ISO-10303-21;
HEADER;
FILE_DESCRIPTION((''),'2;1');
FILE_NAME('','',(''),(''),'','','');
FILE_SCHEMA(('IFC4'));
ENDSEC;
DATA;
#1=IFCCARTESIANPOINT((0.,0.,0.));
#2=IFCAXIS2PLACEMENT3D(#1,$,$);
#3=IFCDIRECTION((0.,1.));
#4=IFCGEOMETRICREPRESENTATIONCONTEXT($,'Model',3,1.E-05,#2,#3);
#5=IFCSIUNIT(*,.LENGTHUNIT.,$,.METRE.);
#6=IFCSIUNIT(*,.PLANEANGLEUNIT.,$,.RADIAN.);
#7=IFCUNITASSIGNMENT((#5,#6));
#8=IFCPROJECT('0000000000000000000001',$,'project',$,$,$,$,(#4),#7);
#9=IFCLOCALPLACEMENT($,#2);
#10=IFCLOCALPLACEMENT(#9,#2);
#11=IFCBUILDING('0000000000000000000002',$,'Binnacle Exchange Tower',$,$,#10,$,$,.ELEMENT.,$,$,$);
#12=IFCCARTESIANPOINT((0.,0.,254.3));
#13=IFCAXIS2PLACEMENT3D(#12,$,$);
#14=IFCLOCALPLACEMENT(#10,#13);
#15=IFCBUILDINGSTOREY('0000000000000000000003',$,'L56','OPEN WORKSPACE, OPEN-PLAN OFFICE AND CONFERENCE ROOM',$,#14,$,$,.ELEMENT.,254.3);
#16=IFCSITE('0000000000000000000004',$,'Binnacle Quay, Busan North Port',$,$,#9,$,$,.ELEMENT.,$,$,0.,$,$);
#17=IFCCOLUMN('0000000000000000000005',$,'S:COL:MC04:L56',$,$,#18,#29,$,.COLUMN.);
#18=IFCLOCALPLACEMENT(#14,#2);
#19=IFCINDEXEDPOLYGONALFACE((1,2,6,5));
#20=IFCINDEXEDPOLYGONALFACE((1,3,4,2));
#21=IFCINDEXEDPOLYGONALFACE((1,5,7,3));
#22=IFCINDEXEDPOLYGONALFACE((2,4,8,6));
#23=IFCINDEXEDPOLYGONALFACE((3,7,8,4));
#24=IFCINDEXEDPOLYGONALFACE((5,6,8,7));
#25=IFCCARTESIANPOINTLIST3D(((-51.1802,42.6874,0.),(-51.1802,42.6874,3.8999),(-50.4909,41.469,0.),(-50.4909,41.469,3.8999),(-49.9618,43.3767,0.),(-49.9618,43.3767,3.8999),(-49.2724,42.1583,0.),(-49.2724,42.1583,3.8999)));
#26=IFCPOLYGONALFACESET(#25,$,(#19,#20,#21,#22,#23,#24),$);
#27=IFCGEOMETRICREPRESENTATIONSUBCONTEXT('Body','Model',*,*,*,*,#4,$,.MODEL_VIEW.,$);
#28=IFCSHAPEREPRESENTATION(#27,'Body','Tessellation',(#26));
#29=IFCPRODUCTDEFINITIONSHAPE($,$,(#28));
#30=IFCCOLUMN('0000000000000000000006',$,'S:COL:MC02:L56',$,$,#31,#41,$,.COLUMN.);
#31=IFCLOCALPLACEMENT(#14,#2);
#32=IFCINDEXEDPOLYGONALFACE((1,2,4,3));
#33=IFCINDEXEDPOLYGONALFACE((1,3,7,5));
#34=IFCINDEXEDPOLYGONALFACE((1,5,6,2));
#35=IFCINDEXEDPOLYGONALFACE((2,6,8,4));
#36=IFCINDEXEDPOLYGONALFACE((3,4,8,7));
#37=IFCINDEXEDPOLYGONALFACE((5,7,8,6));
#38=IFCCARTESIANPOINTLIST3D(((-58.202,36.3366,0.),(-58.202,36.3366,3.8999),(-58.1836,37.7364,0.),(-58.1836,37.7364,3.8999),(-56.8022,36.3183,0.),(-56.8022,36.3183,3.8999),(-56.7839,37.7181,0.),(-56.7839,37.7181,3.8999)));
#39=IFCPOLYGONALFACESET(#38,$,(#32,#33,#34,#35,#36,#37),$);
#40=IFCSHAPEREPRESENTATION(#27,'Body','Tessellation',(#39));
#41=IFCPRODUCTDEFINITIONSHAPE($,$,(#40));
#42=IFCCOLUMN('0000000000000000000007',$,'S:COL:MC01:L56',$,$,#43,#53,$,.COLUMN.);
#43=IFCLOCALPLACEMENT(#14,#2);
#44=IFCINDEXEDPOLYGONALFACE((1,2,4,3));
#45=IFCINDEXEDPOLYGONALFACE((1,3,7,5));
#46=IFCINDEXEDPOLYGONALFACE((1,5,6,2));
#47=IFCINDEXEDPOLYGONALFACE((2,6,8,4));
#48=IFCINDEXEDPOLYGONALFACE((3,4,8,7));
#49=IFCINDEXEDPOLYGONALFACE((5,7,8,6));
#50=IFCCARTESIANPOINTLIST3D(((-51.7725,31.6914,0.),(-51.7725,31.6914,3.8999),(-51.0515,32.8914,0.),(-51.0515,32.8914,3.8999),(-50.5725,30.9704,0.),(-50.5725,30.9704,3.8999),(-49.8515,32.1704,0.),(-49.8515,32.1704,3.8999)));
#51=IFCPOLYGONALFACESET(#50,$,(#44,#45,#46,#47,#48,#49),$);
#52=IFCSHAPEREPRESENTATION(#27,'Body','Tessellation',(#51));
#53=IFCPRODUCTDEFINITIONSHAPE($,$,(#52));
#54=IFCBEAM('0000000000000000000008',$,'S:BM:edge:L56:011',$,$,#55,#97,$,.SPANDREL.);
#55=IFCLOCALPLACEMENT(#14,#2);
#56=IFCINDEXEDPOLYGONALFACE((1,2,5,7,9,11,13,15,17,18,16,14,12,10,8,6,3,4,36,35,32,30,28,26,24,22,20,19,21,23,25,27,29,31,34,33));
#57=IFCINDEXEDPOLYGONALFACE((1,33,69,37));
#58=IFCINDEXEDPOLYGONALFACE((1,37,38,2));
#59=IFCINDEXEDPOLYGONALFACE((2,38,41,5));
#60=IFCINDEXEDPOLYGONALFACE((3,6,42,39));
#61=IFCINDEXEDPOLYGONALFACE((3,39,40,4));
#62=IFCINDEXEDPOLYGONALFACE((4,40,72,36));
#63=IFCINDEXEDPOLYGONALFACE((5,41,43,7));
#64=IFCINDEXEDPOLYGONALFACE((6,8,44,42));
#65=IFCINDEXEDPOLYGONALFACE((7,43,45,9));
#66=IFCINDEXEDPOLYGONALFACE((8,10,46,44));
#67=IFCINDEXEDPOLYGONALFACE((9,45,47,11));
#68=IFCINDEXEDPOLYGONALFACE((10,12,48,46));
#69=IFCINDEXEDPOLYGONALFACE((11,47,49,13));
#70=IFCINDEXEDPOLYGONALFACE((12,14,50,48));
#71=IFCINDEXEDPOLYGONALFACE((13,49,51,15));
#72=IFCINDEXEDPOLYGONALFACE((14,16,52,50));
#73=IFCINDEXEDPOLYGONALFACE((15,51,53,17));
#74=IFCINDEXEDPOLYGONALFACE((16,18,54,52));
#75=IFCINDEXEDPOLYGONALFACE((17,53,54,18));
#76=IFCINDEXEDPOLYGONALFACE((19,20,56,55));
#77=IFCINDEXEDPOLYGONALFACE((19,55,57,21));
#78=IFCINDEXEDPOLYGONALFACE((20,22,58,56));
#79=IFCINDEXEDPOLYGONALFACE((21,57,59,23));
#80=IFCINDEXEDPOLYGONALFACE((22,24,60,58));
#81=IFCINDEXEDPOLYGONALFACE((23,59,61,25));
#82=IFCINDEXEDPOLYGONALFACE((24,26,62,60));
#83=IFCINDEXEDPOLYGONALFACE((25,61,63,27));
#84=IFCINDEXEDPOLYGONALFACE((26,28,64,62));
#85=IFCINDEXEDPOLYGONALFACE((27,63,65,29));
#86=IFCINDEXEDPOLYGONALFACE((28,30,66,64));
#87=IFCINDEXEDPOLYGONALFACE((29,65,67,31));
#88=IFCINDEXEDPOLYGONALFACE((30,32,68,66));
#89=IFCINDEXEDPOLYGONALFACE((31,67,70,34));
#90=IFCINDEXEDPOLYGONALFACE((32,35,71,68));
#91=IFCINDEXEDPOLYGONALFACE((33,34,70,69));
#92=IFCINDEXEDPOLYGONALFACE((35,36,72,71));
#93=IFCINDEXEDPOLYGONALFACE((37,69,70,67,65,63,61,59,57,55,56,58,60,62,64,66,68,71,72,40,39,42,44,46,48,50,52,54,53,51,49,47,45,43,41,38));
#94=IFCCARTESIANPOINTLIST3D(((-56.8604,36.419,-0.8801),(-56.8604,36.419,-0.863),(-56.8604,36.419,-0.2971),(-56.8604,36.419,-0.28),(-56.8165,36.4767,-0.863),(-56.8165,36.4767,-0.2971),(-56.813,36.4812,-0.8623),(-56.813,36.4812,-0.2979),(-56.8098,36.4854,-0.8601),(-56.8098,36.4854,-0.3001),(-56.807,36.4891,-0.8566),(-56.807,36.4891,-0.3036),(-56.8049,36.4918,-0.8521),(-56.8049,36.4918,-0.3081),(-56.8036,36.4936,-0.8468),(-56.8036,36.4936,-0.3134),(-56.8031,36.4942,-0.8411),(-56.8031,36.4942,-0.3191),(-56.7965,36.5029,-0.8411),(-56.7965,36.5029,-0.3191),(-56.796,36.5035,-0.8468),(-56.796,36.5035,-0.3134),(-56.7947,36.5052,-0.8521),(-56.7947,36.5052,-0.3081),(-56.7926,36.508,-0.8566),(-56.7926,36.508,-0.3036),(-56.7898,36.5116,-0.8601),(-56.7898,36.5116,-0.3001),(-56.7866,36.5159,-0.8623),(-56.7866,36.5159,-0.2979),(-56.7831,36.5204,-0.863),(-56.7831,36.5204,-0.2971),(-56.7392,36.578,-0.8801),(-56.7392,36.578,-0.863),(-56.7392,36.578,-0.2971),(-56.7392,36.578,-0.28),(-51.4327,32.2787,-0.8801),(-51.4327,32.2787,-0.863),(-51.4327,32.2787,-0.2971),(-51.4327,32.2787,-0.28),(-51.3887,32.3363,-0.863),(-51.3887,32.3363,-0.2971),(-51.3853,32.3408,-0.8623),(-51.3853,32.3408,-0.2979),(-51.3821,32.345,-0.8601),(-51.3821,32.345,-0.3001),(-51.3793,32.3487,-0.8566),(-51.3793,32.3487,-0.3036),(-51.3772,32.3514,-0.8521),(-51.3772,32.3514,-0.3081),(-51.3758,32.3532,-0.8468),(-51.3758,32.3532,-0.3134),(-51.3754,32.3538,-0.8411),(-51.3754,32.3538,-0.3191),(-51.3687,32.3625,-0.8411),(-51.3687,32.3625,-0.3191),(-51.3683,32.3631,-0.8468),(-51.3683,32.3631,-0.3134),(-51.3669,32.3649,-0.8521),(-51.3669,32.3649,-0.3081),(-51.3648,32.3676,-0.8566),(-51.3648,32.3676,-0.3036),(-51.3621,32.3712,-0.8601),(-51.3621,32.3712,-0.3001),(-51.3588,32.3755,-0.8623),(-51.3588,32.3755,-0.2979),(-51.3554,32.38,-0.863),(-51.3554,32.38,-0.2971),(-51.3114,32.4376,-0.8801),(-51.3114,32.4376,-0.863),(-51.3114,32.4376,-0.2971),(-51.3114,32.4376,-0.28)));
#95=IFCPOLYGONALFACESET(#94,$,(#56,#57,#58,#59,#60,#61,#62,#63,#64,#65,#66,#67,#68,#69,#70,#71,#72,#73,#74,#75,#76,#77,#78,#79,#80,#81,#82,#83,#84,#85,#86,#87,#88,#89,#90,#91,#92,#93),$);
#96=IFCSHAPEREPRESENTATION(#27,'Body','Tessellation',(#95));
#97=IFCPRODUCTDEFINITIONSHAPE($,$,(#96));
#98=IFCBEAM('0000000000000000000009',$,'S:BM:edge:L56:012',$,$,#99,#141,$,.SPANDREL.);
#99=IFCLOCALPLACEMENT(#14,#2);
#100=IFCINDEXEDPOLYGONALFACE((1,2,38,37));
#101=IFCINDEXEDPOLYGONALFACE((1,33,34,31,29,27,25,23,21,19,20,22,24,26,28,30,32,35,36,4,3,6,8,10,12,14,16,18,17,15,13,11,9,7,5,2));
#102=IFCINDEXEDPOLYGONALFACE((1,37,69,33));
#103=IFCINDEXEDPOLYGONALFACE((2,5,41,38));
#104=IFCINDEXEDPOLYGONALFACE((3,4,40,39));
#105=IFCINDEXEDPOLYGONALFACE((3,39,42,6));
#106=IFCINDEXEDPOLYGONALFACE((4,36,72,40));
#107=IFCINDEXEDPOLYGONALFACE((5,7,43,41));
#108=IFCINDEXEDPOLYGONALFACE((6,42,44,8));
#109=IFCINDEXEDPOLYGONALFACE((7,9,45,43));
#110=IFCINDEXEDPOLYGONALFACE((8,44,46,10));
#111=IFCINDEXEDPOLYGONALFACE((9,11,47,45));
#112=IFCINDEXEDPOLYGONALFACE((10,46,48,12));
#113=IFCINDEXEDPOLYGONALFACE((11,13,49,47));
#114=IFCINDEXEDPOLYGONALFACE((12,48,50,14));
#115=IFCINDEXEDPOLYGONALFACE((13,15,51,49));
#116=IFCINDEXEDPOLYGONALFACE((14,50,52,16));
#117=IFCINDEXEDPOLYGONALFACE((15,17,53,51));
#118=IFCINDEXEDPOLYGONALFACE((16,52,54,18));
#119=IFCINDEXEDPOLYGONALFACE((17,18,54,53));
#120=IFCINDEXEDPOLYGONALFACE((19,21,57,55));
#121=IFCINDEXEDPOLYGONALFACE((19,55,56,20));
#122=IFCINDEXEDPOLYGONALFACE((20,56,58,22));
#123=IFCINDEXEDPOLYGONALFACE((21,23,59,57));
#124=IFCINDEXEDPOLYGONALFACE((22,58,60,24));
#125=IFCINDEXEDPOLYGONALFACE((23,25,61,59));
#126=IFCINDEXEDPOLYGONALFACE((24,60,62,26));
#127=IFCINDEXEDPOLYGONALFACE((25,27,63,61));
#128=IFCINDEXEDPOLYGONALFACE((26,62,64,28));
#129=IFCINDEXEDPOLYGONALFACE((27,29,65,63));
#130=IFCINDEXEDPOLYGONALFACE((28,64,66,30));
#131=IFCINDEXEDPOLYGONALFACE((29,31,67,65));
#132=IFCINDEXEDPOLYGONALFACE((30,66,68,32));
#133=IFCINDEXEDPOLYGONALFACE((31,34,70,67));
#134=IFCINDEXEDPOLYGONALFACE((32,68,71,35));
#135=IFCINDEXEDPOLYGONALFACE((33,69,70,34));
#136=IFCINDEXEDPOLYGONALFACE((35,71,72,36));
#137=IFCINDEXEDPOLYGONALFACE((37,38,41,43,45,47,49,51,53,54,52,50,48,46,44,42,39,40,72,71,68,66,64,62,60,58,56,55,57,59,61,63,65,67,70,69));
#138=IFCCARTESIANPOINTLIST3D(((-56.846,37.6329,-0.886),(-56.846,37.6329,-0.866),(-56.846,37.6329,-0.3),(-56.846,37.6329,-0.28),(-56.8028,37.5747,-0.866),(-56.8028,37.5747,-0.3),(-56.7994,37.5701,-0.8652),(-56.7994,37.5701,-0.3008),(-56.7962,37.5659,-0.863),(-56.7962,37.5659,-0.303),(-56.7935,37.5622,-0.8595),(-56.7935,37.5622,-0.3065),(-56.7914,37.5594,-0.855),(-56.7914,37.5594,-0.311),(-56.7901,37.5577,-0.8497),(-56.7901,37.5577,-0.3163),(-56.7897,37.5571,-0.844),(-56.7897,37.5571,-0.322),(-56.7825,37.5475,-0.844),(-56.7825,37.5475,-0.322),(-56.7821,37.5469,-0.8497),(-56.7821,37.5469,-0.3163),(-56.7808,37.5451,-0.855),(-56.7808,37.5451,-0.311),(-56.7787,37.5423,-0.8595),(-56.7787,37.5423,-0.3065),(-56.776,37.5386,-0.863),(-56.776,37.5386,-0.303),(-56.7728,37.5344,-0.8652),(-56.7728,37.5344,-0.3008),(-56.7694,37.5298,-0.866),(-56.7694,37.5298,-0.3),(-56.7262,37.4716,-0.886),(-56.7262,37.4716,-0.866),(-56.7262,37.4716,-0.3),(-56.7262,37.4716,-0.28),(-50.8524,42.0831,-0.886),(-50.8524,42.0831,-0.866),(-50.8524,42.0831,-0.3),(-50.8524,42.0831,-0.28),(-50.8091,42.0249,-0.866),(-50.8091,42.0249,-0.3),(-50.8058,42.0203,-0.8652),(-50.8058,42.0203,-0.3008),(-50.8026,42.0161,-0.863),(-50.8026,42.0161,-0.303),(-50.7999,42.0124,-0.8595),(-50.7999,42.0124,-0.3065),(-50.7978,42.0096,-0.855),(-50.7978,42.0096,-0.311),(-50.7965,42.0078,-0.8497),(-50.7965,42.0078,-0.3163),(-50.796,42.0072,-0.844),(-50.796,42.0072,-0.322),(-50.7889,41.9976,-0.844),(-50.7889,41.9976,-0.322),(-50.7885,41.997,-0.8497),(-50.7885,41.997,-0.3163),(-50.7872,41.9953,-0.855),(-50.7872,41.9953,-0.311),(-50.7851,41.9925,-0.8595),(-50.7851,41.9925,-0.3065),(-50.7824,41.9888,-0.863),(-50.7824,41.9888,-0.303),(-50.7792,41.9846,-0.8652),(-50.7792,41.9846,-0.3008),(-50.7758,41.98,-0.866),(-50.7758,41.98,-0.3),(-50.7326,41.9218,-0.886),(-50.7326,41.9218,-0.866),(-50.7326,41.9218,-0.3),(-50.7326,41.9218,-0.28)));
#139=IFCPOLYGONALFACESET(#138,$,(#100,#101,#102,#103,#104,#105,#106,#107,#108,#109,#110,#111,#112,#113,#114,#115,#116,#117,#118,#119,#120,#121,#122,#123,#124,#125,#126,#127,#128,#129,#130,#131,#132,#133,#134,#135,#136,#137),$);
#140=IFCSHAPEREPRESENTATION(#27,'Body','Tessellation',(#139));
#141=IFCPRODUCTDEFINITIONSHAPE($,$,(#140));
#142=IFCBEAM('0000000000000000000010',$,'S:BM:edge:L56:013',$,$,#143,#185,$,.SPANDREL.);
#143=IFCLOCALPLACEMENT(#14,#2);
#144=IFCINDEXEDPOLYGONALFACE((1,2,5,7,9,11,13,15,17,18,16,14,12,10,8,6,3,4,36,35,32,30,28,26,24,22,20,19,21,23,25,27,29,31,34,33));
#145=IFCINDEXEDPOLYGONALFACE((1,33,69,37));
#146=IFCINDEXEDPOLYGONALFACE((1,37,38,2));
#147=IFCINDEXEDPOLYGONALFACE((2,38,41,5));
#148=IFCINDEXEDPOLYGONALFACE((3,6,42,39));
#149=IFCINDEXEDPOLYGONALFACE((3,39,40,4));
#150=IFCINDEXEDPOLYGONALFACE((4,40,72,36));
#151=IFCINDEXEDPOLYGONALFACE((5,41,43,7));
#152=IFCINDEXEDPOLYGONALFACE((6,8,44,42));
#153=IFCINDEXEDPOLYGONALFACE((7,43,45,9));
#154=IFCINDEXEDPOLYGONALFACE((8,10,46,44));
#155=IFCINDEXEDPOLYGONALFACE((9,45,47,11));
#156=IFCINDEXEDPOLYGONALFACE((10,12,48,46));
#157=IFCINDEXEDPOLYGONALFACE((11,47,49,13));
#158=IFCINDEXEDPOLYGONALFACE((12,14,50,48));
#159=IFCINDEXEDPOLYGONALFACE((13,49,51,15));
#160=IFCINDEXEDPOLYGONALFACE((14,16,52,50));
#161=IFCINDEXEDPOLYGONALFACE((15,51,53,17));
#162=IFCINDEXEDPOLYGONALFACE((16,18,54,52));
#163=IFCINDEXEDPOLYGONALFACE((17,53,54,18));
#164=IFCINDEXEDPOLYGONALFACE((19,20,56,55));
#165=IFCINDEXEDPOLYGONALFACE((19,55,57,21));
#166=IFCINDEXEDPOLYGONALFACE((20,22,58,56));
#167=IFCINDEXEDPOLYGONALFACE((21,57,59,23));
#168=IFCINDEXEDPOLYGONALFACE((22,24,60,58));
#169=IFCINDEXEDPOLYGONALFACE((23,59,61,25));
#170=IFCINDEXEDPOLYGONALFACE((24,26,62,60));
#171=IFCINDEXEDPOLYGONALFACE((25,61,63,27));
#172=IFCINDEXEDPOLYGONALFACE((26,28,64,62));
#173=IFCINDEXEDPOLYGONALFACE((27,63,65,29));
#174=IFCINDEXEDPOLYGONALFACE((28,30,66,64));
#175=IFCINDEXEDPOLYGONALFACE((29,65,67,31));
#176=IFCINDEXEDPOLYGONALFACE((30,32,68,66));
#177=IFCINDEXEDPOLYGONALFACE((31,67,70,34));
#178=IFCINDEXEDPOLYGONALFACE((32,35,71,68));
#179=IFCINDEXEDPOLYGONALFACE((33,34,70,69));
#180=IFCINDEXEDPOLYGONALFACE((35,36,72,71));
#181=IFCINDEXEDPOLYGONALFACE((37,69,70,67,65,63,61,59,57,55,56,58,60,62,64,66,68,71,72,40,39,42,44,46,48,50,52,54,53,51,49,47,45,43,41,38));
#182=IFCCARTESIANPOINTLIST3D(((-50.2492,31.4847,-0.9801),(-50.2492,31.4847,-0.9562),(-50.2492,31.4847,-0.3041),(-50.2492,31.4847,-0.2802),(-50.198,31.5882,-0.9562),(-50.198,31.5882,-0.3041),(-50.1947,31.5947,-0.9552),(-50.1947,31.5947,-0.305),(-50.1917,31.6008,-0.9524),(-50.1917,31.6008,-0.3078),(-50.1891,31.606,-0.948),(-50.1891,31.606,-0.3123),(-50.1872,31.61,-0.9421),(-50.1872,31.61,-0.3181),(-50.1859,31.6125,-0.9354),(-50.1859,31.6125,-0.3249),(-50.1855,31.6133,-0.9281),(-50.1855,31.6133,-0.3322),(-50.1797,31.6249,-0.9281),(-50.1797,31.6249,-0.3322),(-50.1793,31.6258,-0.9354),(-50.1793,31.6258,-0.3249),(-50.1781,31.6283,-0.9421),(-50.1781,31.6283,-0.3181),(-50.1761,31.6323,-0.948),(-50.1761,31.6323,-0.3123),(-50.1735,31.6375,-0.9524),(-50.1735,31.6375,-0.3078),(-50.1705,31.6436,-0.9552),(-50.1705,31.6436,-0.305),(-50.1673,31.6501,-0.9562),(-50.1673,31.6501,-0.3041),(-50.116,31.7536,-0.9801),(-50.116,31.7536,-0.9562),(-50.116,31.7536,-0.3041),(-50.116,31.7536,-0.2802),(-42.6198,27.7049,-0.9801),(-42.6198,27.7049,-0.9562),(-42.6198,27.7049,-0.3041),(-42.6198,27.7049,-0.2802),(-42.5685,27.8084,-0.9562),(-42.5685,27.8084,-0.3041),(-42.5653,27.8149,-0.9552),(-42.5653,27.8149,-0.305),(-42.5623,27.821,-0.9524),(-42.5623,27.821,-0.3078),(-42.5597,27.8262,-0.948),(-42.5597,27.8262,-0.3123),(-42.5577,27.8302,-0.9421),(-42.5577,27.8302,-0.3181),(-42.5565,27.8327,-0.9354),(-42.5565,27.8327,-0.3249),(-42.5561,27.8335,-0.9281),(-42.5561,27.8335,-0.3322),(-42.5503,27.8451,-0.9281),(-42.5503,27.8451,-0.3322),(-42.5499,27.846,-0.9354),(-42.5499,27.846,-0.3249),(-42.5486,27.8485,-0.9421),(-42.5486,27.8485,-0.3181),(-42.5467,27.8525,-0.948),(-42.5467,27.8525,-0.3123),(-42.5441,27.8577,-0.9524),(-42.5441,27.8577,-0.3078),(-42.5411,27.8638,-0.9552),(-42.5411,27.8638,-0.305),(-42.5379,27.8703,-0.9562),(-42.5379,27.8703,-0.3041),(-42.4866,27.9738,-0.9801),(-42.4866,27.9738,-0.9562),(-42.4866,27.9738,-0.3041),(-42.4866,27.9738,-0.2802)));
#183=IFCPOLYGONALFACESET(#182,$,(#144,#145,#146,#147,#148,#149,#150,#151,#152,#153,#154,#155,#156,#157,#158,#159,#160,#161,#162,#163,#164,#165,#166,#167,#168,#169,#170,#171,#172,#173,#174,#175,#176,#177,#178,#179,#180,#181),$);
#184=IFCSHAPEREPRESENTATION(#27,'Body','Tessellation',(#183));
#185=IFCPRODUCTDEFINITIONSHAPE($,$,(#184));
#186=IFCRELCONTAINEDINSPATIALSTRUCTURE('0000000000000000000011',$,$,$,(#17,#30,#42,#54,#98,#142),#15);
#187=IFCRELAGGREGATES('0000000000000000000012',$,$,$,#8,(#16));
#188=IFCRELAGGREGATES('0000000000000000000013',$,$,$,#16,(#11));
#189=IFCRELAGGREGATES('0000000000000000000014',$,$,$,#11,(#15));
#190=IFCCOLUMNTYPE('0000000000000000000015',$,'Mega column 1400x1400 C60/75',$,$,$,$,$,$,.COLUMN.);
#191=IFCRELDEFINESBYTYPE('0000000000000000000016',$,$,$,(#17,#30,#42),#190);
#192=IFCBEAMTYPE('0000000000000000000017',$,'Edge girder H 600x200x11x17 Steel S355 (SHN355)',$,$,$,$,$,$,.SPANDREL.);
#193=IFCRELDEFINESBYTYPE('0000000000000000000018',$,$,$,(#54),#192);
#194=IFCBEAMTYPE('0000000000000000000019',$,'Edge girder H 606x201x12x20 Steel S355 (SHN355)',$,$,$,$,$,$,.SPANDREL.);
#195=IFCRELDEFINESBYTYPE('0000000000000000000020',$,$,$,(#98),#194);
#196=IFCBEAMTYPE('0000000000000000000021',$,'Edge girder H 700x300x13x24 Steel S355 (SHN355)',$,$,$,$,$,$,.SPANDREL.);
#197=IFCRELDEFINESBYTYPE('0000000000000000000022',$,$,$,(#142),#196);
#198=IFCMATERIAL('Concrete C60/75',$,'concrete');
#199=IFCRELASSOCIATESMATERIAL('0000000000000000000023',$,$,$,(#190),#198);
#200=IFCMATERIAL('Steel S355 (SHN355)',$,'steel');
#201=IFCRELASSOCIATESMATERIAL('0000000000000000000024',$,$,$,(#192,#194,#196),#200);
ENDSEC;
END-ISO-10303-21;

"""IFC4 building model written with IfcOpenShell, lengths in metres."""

from ifc_helpers import new_model, si_unit, direction, frame, origin, origin_2d, place, context, subcontext, project, spatial, rectangle, i_section, extrude, material, material_profile, profile_set, type_object, element, save


model = new_model("IFC4")

# Units and contexts
model_context = context("Model", 3, precision=1e-05, world=origin(), true_north=direction((0.0, 1.0)))
body_context = subcontext(model_context, "Body", "Model", "MODEL_VIEW")
ifc_project = project(units=[si_unit("LENGTHUNIT", "METRE"), si_unit("PLANEANGLEUNIT", "RADIAN")], contexts=[model_context])

# Site, building, storey
site_placement = place(None, origin())
site = spatial("IfcSite", under=ifc_project, at=site_placement, Name="Binnacle Quay, Busan North Port", CompositionType="ELEMENT", RefElevation=0.0)
building_placement = place(site_placement, origin())
building = spatial("IfcBuilding", under=site, at=building_placement, Name="Binnacle Exchange Tower", CompositionType="ELEMENT")
storey_placement = place(building_placement, frame((0.0, 0.0, 254.3)))
storey = spatial("IfcBuildingStorey", under=building, at=storey_placement, Name="L56", Description="OPEN WORKSPACE, OPEN-PLAN OFFICE AND CONFERENCE ROOM", CompositionType="ELEMENT", Elevation=254.3)

# Columns
ifc_material_1 = material(Name="Concrete C60/75", Category="concrete")
ifc_material_profile_1 = material_profile(ifc_material_1, rectangle(XDim=1.3999, YDim=1.3999, at=origin_2d()), Name="Mega column 1400x1400 C60/75")
ifc_profile_set_1 = profile_set([ifc_material_profile_1], Name="Concrete C60/75")
column_type = type_object("IfcColumnType", Name="Mega column 1400x1400 C60/75", PredefinedType="COLUMN", material=ifc_profile_set_1)
for number, where, z_axis, x_axis, name in (
    (1, (-50.2263, 42.4229, 0.0), (0.0, 0.0, 1.0), (-0.870356, -0.492424, 0.0), "S:COL:MC04:L56"),
    (2, (-57.4929, 37.0273, 0.0), (0.0, 0.0, 1.0), (-0.01309, -0.999914, 0.0), "S:COL:MC02:L56"),
    (3, (-50.812, 31.9309, 0.0), (0.0, 0.0, 1.0), (0.857167, -0.515038, 0.0), "S:COL:MC01:L56"),
):
    element("IfcColumn", number, at=place(storey_placement, frame(where, z_axis=z_axis, x_axis=x_axis)), inside=storey, type_object=column_type, Name=name, PredefinedType="COLUMN", context=body_context, shape_type="SweptSolid", body=[
        extrude(rectangle(XDim=1.3999, YDim=1.3999, at=origin_2d()), origin(), (0.0, 0.0, 1.0), 3.8999),
    ])

# Beams
ifc_material_2 = material(Name="Steel S355 (SHN355)", Category="steel")
ifc_material_profile_2 = material_profile(ifc_material_2, i_section(OverallWidth=0.2, OverallDepth=0.6001, WebThickness=0.011, FlangeThickness=0.0171, FilletRadius=0.022, at=origin_2d()), Name="H 600x200x11x17")
ifc_profile_set_2 = profile_set([ifc_material_profile_2], Name="Steel S355 (SHN355)")
beam_type_1 = type_object("IfcBeamType", Name="Edge girder H 600x200x11x17 Steel S355 (SHN355)", PredefinedType="SPANDREL", material=ifc_profile_set_2)
beam_1_placement = place(storey_placement, frame((-56.7998, 36.4985, -0.5801), z_axis=(0.795081, -0.606503, 0.0), x_axis=(0.606503, 0.795081, 0.0)))
element("IfcBeam", 4, at=beam_1_placement, inside=storey, type_object=beam_type_1, Name="S:BM:edge:L56:011", PredefinedType="SPANDREL", context=body_context, shape_type="SweptSolid", body=[
    extrude(i_section(OverallWidth=0.2, OverallDepth=0.6001, WebThickness=0.011, FlangeThickness=0.0171, FilletRadius=0.022, at=origin_2d()), origin(), (0.0, 0.0, 1.0), 6.8267),
])
ifc_material_profile_3 = material_profile(ifc_material_2, i_section(OverallWidth=0.2009, OverallDepth=0.606, WebThickness=0.012, FlangeThickness=0.02, FilletRadius=0.022, at=origin_2d()), Name="H 606x201x12x20")
ifc_profile_set_3 = profile_set([ifc_material_profile_3], Name="Steel S355 (SHN355)")
beam_type_2 = type_object("IfcBeamType", Name="Edge girder H 606x201x12x20 Steel S355 (SHN355)", PredefinedType="SPANDREL", material=ifc_profile_set_3)
beam_2_placement = place(storey_placement, frame((-50.7925, 42.0024, -0.583), z_axis=(-0.802887, -0.596131, 0.0), x_axis=(0.596131, -0.802887, 0.0)))
element("IfcBeam", 5, at=beam_2_placement, inside=storey, type_object=beam_type_2, Name="S:BM:edge:L56:012", PredefinedType="SPANDREL", context=body_context, shape_type="SweptSolid", body=[
    extrude(i_section(OverallWidth=0.2009, OverallDepth=0.606, WebThickness=0.012, FlangeThickness=0.02, FilletRadius=0.022, at=origin_2d()), origin(), (0.0, 0.0, 1.0), 7.4651),
])
ifc_material_profile_4 = material_profile(ifc_material_2, i_section(OverallWidth=0.3, OverallDepth=0.7, WebThickness=0.0129, FlangeThickness=0.0239, FilletRadius=0.0281, at=origin_2d()), Name="H 700x300x13x24")
ifc_profile_set_4 = profile_set([ifc_material_profile_4], Name="Steel S355 (SHN355)")
beam_type_3 = type_object("IfcBeamType", Name="Edge girder H 700x300x13x24 Steel S355 (SHN355)", PredefinedType="SPANDREL", material=ifc_profile_set_4)
beam_3_placement = place(storey_placement, frame((-50.1826, 31.6191, -0.6301), z_axis=(0.896061, -0.44393, 0.0), x_axis=(0.44393, 0.896061, 0.0)))
element("IfcBeam", 6, at=beam_3_placement, inside=storey, type_object=beam_type_3, Name="S:BM:edge:L56:013", PredefinedType="SPANDREL", context=body_context, shape_type="SweptSolid", body=[
    extrude(i_section(OverallWidth=0.3, OverallDepth=0.7, WebThickness=0.0129, FlangeThickness=0.0239, FilletRadius=0.0281, at=origin_2d()), origin(), (0.0, 0.0, 1.0), 8.5144),
])

save(model, "model.ifc")
